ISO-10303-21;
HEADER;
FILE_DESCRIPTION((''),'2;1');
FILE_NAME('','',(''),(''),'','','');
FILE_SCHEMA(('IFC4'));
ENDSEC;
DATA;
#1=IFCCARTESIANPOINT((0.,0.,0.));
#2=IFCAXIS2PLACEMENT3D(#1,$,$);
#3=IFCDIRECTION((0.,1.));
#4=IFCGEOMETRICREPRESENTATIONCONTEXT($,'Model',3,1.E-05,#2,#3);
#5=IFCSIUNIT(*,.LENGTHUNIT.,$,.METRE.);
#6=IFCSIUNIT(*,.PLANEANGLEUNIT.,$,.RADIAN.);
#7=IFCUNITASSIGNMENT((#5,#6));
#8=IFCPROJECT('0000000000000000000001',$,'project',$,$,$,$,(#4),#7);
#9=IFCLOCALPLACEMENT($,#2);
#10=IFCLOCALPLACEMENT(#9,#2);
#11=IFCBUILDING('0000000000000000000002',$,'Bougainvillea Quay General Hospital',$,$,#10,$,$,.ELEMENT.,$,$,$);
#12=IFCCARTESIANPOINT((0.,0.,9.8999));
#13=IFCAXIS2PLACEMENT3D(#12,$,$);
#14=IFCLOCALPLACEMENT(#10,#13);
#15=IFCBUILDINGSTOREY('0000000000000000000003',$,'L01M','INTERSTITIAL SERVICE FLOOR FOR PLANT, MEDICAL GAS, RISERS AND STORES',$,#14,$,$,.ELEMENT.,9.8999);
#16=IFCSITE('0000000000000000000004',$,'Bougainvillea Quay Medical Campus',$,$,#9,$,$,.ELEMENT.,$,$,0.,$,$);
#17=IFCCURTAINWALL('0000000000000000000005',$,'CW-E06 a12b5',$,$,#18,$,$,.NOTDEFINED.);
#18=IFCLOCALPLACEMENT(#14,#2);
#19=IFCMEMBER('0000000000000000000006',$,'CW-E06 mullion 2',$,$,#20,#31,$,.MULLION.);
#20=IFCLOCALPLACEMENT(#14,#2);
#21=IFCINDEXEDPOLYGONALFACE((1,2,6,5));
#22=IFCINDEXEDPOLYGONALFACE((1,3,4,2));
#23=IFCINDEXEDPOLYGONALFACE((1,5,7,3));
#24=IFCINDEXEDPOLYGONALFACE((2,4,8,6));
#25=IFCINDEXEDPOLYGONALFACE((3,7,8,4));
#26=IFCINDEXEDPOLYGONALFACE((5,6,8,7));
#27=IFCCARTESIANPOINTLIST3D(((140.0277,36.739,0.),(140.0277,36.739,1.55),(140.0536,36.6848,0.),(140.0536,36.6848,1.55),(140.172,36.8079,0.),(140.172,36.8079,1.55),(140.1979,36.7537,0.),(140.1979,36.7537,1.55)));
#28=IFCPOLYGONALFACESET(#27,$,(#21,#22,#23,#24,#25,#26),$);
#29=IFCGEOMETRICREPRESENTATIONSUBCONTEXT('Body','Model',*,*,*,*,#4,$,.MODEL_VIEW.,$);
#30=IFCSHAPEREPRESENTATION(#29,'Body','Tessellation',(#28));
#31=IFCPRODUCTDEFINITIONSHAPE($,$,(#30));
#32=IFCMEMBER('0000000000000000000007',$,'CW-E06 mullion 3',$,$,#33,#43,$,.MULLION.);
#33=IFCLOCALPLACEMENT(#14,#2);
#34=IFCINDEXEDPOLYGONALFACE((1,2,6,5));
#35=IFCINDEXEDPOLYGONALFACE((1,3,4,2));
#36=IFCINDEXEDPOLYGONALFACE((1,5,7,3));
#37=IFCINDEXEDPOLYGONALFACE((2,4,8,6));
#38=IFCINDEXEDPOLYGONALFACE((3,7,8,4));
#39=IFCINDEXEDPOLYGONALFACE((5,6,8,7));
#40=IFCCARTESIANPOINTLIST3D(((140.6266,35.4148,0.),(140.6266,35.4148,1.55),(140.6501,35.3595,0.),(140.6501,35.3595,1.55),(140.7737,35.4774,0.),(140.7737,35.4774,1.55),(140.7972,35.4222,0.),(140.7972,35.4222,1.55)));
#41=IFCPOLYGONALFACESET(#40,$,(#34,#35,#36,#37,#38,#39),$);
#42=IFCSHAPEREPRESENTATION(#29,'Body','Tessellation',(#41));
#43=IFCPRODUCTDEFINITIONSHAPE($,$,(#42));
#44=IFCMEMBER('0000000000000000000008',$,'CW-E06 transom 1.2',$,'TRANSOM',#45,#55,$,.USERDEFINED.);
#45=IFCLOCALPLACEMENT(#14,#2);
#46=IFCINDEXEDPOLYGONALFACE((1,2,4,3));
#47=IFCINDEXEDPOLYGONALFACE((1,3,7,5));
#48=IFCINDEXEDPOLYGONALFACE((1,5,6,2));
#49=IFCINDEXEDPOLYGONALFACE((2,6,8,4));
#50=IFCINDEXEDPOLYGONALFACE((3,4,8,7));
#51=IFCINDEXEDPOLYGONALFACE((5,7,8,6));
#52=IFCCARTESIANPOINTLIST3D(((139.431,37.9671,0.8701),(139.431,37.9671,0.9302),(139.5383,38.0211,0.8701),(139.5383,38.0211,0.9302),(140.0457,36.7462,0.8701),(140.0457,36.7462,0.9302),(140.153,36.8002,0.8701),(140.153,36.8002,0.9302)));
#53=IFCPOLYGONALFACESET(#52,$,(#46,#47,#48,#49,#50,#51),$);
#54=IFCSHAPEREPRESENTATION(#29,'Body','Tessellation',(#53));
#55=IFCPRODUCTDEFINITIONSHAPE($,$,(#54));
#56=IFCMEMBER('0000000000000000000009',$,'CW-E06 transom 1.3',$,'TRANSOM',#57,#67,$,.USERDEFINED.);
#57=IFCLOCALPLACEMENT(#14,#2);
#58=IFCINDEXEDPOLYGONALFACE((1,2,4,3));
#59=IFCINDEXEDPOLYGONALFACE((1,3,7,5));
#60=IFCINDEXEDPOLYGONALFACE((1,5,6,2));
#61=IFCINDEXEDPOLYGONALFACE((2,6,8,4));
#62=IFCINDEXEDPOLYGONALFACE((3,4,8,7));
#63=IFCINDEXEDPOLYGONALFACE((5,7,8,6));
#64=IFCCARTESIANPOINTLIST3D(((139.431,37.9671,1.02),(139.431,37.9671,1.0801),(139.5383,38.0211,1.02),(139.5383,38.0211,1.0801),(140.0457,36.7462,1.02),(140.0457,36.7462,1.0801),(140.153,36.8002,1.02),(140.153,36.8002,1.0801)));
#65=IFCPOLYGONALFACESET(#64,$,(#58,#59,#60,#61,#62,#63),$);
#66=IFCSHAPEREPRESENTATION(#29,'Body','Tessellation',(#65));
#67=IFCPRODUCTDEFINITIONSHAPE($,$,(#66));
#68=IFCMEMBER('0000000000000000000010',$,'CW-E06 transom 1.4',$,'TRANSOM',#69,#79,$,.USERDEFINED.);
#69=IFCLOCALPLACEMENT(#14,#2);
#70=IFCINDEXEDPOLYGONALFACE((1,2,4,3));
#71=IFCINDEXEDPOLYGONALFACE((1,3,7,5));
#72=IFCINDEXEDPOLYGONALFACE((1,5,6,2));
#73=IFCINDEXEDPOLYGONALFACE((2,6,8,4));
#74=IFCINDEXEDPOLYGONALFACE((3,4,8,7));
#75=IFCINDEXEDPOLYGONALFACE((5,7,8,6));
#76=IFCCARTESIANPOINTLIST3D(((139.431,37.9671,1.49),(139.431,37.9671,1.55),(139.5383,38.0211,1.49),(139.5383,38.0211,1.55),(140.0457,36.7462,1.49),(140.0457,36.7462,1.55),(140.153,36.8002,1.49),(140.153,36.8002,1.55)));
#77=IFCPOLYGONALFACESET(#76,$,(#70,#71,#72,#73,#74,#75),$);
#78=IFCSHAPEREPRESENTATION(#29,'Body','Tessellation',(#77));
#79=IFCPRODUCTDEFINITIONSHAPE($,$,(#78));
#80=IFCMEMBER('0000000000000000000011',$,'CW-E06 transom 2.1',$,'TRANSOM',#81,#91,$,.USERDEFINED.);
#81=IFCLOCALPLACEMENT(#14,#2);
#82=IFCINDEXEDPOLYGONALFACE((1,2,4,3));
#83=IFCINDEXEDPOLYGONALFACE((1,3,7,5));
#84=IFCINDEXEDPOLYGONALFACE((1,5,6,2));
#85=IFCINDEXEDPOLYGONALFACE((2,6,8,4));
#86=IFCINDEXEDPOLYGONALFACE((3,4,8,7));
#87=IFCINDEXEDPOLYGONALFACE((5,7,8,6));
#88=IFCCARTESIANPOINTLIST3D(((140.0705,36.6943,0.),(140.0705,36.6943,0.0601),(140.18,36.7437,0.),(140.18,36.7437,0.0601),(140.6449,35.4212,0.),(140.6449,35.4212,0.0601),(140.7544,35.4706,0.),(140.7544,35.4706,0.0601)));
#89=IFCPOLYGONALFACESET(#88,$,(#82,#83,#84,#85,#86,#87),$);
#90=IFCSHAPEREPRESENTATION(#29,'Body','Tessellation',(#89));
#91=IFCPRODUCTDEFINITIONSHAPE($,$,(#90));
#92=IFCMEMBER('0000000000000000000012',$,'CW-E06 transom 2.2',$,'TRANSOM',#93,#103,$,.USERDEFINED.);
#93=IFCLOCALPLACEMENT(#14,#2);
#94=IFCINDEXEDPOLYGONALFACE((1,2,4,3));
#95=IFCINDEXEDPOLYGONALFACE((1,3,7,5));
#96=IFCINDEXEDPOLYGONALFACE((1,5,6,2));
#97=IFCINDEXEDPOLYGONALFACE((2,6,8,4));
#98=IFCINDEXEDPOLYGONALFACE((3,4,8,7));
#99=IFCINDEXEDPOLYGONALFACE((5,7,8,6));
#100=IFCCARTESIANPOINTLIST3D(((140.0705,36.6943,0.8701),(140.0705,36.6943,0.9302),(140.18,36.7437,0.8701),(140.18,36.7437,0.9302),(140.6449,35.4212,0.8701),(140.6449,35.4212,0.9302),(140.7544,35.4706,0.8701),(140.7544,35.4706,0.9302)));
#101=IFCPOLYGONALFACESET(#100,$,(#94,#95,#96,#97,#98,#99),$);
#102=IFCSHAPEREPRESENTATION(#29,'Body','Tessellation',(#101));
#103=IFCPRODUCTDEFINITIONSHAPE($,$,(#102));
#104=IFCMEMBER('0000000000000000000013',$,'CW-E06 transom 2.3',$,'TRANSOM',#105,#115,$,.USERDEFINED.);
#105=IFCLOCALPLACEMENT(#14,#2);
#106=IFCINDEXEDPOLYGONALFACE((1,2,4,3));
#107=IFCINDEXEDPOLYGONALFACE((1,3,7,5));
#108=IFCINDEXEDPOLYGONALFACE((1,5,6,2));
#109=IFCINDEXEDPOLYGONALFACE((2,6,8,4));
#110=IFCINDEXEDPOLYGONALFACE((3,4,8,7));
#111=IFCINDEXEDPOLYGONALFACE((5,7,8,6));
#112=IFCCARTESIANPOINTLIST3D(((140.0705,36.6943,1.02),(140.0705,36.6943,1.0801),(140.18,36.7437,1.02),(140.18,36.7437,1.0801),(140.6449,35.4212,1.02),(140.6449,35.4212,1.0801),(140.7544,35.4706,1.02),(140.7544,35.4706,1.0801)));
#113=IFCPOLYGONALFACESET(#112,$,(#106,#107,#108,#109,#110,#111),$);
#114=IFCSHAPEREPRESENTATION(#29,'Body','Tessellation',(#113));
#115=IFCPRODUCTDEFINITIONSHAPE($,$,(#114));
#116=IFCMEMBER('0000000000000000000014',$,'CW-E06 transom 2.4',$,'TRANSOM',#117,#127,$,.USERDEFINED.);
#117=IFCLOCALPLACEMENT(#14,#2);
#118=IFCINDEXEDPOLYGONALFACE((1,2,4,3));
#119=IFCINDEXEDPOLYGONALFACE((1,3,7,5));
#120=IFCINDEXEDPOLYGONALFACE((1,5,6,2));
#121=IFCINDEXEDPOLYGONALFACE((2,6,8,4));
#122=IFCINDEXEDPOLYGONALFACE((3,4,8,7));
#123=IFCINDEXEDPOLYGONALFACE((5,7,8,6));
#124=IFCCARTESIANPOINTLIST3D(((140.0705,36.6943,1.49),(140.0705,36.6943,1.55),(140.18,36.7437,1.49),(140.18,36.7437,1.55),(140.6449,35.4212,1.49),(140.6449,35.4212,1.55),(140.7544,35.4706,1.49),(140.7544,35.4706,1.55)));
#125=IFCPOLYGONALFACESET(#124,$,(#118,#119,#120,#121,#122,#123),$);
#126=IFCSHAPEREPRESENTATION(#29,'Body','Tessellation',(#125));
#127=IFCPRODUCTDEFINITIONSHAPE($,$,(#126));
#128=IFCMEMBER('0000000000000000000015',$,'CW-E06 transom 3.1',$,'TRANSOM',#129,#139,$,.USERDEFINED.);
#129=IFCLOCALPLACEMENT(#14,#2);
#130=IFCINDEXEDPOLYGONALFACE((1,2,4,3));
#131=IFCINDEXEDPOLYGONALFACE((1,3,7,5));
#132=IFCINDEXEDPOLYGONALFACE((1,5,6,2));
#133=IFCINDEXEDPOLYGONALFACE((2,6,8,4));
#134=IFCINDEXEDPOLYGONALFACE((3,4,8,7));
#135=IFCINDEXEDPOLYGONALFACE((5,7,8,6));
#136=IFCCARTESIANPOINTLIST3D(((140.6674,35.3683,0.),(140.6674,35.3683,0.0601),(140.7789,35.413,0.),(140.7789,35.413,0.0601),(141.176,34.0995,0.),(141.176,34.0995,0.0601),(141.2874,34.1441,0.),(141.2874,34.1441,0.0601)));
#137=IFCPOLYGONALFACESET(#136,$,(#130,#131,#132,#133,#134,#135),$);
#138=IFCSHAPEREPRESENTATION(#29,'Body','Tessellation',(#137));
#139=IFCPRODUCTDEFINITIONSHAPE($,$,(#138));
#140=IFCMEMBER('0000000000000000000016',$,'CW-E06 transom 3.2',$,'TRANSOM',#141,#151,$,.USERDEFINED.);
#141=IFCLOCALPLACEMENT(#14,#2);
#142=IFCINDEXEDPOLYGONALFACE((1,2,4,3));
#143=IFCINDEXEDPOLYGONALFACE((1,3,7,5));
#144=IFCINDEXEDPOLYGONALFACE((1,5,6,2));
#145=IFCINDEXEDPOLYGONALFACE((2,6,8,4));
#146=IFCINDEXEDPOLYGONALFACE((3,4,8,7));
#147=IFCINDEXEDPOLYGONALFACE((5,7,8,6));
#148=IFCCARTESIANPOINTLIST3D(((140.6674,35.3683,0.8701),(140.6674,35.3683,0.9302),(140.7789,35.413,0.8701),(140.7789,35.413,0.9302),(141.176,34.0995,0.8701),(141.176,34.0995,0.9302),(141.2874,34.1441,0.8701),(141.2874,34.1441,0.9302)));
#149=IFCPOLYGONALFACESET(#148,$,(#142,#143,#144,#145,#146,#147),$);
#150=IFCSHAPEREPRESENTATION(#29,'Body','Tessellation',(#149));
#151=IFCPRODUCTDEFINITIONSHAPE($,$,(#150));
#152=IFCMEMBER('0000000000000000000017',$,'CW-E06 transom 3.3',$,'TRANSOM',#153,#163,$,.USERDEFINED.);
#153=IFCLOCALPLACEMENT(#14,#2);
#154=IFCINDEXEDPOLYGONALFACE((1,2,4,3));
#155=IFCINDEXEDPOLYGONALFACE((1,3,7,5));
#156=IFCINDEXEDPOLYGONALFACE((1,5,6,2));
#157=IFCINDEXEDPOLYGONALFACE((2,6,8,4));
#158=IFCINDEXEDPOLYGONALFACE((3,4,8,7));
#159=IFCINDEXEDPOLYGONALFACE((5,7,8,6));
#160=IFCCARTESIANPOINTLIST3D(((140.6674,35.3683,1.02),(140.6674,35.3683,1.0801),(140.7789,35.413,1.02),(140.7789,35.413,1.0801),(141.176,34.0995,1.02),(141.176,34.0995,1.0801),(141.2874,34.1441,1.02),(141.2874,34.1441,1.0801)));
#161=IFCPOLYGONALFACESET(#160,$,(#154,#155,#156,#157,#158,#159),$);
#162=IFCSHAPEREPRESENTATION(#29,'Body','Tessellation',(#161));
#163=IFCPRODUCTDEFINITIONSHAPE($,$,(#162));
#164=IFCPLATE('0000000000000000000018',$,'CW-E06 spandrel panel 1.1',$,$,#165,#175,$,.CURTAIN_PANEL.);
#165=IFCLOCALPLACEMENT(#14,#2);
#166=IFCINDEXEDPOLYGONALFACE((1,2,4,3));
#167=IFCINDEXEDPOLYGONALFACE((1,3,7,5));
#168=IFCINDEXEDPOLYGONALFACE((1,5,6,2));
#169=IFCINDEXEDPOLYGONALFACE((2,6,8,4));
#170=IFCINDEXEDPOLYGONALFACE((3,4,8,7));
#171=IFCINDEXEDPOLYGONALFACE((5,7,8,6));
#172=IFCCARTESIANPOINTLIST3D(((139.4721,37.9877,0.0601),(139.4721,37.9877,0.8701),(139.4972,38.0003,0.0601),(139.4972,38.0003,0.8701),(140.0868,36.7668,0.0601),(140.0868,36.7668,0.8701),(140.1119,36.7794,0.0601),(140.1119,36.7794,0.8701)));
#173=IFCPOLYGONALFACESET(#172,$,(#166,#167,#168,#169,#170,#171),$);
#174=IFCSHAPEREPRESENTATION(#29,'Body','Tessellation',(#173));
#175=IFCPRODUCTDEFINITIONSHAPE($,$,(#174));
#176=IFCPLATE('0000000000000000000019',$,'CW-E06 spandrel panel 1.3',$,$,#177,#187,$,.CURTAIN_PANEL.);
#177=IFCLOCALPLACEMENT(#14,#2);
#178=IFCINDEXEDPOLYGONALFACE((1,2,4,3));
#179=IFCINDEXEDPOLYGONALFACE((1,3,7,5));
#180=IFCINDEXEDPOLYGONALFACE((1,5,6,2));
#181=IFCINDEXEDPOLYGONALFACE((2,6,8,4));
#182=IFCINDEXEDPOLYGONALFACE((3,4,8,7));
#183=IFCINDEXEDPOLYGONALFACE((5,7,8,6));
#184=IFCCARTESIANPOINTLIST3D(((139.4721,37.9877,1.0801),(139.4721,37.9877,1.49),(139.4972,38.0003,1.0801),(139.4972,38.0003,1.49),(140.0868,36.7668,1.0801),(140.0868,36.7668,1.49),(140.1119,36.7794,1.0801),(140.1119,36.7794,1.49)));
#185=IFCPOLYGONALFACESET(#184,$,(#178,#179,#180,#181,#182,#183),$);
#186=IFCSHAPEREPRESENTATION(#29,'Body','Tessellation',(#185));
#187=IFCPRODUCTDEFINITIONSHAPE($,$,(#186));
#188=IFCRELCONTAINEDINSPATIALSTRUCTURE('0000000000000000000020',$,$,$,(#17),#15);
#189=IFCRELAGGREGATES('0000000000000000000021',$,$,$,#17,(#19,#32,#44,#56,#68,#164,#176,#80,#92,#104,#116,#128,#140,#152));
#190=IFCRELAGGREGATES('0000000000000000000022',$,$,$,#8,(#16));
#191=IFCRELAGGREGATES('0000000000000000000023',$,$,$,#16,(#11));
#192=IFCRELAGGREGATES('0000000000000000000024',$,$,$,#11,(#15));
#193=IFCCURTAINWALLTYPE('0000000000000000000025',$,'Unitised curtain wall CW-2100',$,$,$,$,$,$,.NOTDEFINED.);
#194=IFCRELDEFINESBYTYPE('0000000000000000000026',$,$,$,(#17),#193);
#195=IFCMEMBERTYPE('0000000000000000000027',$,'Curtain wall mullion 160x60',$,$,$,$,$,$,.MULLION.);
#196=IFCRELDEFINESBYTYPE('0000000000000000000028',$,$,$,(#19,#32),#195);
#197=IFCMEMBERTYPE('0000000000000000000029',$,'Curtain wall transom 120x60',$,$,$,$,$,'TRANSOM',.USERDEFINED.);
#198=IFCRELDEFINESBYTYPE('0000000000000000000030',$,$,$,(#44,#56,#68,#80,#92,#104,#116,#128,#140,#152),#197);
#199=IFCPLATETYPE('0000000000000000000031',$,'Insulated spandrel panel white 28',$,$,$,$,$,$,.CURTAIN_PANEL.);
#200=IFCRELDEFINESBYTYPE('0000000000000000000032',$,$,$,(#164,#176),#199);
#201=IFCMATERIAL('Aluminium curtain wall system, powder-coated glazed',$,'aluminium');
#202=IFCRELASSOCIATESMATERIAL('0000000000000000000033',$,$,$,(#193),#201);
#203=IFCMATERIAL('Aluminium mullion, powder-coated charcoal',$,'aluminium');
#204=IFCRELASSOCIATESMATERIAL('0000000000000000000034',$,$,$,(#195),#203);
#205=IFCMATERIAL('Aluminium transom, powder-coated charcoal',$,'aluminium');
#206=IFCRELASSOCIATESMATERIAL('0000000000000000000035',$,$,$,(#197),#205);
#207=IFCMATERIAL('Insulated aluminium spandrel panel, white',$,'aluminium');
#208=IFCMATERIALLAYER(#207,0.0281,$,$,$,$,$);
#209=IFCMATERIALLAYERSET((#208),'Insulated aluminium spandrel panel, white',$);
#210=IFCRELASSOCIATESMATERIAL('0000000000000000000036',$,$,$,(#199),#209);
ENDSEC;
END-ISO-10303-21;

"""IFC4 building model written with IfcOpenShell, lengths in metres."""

from ifc_helpers import new_model, si_unit, direction, frame, origin, origin_2d, place, context, subcontext, project, spatial, rectangle, extrude, material, layer, layer_set, material_profile, profile_set, type_object, element, aggregate, save


model = new_model("IFC4")

# Units and contexts
model_context = context("Model", 3, precision=1e-05, world=origin(), true_north=direction((0.0, 1.0)))
body_context = subcontext(model_context, "Body", "Model", "MODEL_VIEW")
ifc_project = project(units=[si_unit("LENGTHUNIT", "METRE"), si_unit("PLANEANGLEUNIT", "RADIAN")], contexts=[model_context])

# Site, building, storey
site_placement = place(None, origin())
site = spatial("IfcSite", under=ifc_project, at=site_placement, Name="Bougainvillea Quay Medical Campus", CompositionType="ELEMENT", RefElevation=0.0)
building_placement = place(site_placement, origin())
building = spatial("IfcBuilding", under=site, at=building_placement, Name="Bougainvillea Quay General Hospital", CompositionType="ELEMENT")
storey_placement = place(building_placement, frame((0.0, 0.0, 9.8999)))
storey = spatial("IfcBuildingStorey", under=building, at=storey_placement, Name="L01M", Description="INTERSTITIAL SERVICE FLOOR FOR PLANT, MEDICAL GAS, RISERS AND STORES", CompositionType="ELEMENT", Elevation=9.8999)

# Curtain wall, members, plates
ifc_material_1 = material(Name="Aluminium curtain wall system, powder-coated glazed", Category="aluminium")
curtain_wall_type = type_object("IfcCurtainWallType", Name="Unitised curtain wall CW-2100", PredefinedType="NOTDEFINED", material=ifc_material_1)
curtain_wall_placement = place(storey_placement, origin())
curtain_wall = element("IfcCurtainWall", 1, at=curtain_wall_placement, inside=storey, type_object=curtain_wall_type, Name="CW-E06 a12b5", PredefinedType="NOTDEFINED")
ifc_material_2 = material(Name="Aluminium mullion, powder-coated charcoal", Category="aluminium")
ifc_material_profile_1 = material_profile(ifc_material_2, rectangle(XDim=0.1599, YDim=0.0601, at=origin_2d()))
ifc_profile_set_1 = profile_set([ifc_material_profile_1], Name="Aluminium mullion, powder-coated charcoal")
member_type_1 = type_object("IfcMemberType", Name="Curtain wall mullion 160x60", PredefinedType="MULLION", material=ifc_profile_set_1)
member_1_placement = place(storey_placement, frame((140.1128, 36.7463, 0.0), z_axis=(0.0, 0.0, 1.0), x_axis=(0.902565, 0.430553, 0.0)))
member_1 = element("IfcMember", 2, at=member_1_placement, type_object=member_type_1, Name="CW-E06 mullion 2", PredefinedType="MULLION", context=body_context, shape_type="SweptSolid", body=[
    extrude(rectangle(XDim=0.1599, YDim=0.0601, at=origin_2d()), origin(), (0.0, 0.0, 1.0), 1.55),
])
member_2_placement = place(storey_placement, frame((140.7119, 35.4185, 0.0), z_axis=(0.0, 0.0, 1.0), x_axis=(0.920059, 0.391781, 0.0)))
member_2 = element("IfcMember", 3, at=member_2_placement, type_object=member_type_1, Name="CW-E06 mullion 3", PredefinedType="MULLION", context=body_context, shape_type="SweptSolid", body=[
    extrude(rectangle(XDim=0.1599, YDim=0.0601, at=origin_2d()), origin(), (0.0, 0.0, 1.0), 1.55),
])
ifc_material_3 = material(Name="Aluminium transom, powder-coated charcoal", Category="aluminium")
ifc_material_profile_2 = material_profile(ifc_material_3, rectangle(XDim=0.1201, YDim=0.0601, at=origin_2d()))
ifc_profile_set_2 = profile_set([ifc_material_profile_2], Name="Aluminium transom, powder-coated charcoal")
member_type_2 = type_object("IfcMemberType", Name="Curtain wall transom 120x60", ElementType="TRANSOM", PredefinedType="USERDEFINED", material=ifc_profile_set_2)
member_3_placement = place(storey_placement, frame((139.4846, 37.9941, 0.9001), z_axis=(0.449712, -0.893174, 0.0), x_axis=(0.893174, 0.449712, 0.0)))
member_3 = element("IfcMember", 4, at=member_3_placement, type_object=member_type_2, Name="CW-E06 transom 1.2", ObjectType="TRANSOM", PredefinedType="USERDEFINED", context=body_context, shape_type="SweptSolid", body=[
    extrude(rectangle(XDim=0.1201, YDim=0.0601, at=origin_2d()), origin(), (0.0, 0.0, 1.0), 1.3669),
])
member_4_placement = place(storey_placement, frame((139.4846, 37.9941, 1.05), z_axis=(0.449712, -0.893174, 0.0), x_axis=(0.893174, 0.449712, 0.0)))
member_4 = element("IfcMember", 5, at=member_4_placement, type_object=member_type_2, Name="CW-E06 transom 1.3", ObjectType="TRANSOM", PredefinedType="USERDEFINED", context=body_context, shape_type="SweptSolid", body=[
    extrude(rectangle(XDim=0.1201, YDim=0.0601, at=origin_2d()), origin(), (0.0, 0.0, 1.0), 1.3669),
])
member_5_placement = place(storey_placement, frame((139.4846, 37.9941, 1.52), z_axis=(0.449712, -0.893174, 0.0), x_axis=(0.893174, 0.449712, 0.0)))
member_5 = element("IfcMember", 6, at=member_5_placement, type_object=member_type_2, Name="CW-E06 transom 1.4", ObjectType="TRANSOM", PredefinedType="USERDEFINED", context=body_context, shape_type="SweptSolid", body=[
    extrude(rectangle(XDim=0.1201, YDim=0.0601, at=origin_2d()), origin(), (0.0, 0.0, 1.0), 1.3669),
])
member_6_placement = place(storey_placement, frame((140.1252, 36.719, 0.03), z_axis=(0.411273, -0.911512, 0.0), x_axis=(0.911512, 0.411273, 0.0)))
member_6 = element("IfcMember", 7, at=member_6_placement, type_object=member_type_2, Name="CW-E06 transom 2.1", ObjectType="TRANSOM", PredefinedType="USERDEFINED", context=body_context, shape_type="SweptSolid", body=[
    extrude(rectangle(XDim=0.1201, YDim=0.0601, at=origin_2d()), origin(), (0.0, 0.0, 1.0), 1.3967),
])
member_7_placement = place(storey_placement, frame((140.1252, 36.719, 0.9001), z_axis=(0.411273, -0.911512, 0.0), x_axis=(0.911512, 0.411273, 0.0)))
member_7 = element("IfcMember", 8, at=member_7_placement, type_object=member_type_2, Name="CW-E06 transom 2.2", ObjectType="TRANSOM", PredefinedType="USERDEFINED", context=body_context, shape_type="SweptSolid", body=[
    extrude(rectangle(XDim=0.1201, YDim=0.0601, at=origin_2d()), origin(), (0.0, 0.0, 1.0), 1.3967),
])
member_8_placement = place(storey_placement, frame((140.1252, 36.719, 1.05), z_axis=(0.411273, -0.911512, 0.0), x_axis=(0.911512, 0.411273, 0.0)))
member_8 = element("IfcMember", 9, at=member_8_placement, type_object=member_type_2, Name="CW-E06 transom 2.3", ObjectType="TRANSOM", PredefinedType="USERDEFINED", context=body_context, shape_type="SweptSolid", body=[
    extrude(rectangle(XDim=0.1201, YDim=0.0601, at=origin_2d()), origin(), (0.0, 0.0, 1.0), 1.3967),
])
member_9_placement = place(storey_placement, frame((140.1252, 36.719, 1.52), z_axis=(0.411273, -0.911512, 0.0), x_axis=(0.911512, 0.411273, 0.0)))
member_9 = element("IfcMember", 10, at=member_9_placement, type_object=member_type_2, Name="CW-E06 transom 2.4", ObjectType="TRANSOM", PredefinedType="USERDEFINED", context=body_context, shape_type="SweptSolid", body=[
    extrude(rectangle(XDim=0.1201, YDim=0.0601, at=origin_2d()), origin(), (0.0, 0.0, 1.0), 1.3967),
])
member_10_placement = place(storey_placement, frame((140.7231, 35.3906, 0.03), z_axis=(0.372037, -0.928218, 0.0), x_axis=(0.928218, 0.372037, 0.0)))
member_10 = element("IfcMember", 11, at=member_10_placement, type_object=member_type_2, Name="CW-E06 transom 3.1", ObjectType="TRANSOM", PredefinedType="USERDEFINED", context=body_context, shape_type="SweptSolid", body=[
    extrude(rectangle(XDim=0.1201, YDim=0.0601, at=origin_2d()), origin(), (0.0, 0.0, 1.0), 1.3669),
])
member_11_placement = place(storey_placement, frame((140.7231, 35.3906, 0.9001), z_axis=(0.372037, -0.928218, 0.0), x_axis=(0.928218, 0.372037, 0.0)))
member_11 = element("IfcMember", 12, at=member_11_placement, type_object=member_type_2, Name="CW-E06 transom 3.2", ObjectType="TRANSOM", PredefinedType="USERDEFINED", context=body_context, shape_type="SweptSolid", body=[
    extrude(rectangle(XDim=0.1201, YDim=0.0601, at=origin_2d()), origin(), (0.0, 0.0, 1.0), 1.3669),
])
member_12_placement = place(storey_placement, frame((140.7231, 35.3906, 1.05), z_axis=(0.372037, -0.928218, 0.0), x_axis=(0.928218, 0.372037, 0.0)))
member_12 = element("IfcMember", 13, at=member_12_placement, type_object=member_type_2, Name="CW-E06 transom 3.3", ObjectType="TRANSOM", PredefinedType="USERDEFINED", context=body_context, shape_type="SweptSolid", body=[
    extrude(rectangle(XDim=0.1201, YDim=0.0601, at=origin_2d()), origin(), (0.0, 0.0, 1.0), 1.3669),
])
ifc_material_4 = material(Name="Insulated aluminium spandrel panel, white", Category="aluminium")
ifc_layer_1 = layer(ifc_material_4, 0.0281)
ifc_layer_set_1 = layer_set([ifc_layer_1], Name="Insulated aluminium spandrel panel, white")
plate_type_1 = type_object("IfcPlateType", Name="Insulated spandrel panel white 28", PredefinedType="CURTAIN_PANEL", material=ifc_layer_set_1)
plate_1_placement = place(storey_placement, frame((139.792, 37.3835, 0.0601), z_axis=(0.0, 0.0, 1.0), x_axis=(0.449652, -0.893204, 0.0)))
plate_1 = element("IfcPlate", 14, at=plate_1_placement, type_object=plate_type_1, Name="CW-E06 spandrel panel 1.1", PredefinedType="CURTAIN_PANEL", context=body_context, shape_type="SweptSolid", body=[
    extrude(rectangle(XDim=1.3669, YDim=0.0281, at=origin_2d()), origin(), (0.0, 0.0, 1.0), 0.8101),
])
plate_2_placement = place(storey_placement, frame((139.792, 37.3835, 1.0801), z_axis=(0.0, 0.0, 1.0), x_axis=(0.449652, -0.893204, 0.0)))
plate_2 = element("IfcPlate", 15, at=plate_2_placement, type_object=plate_type_1, Name="CW-E06 spandrel panel 1.3", PredefinedType="CURTAIN_PANEL", context=body_context, shape_type="SweptSolid", body=[
    extrude(rectangle(XDim=1.3669, YDim=0.0281, at=origin_2d()), origin(), (0.0, 0.0, 1.0), 0.4099),
])
aggregate(curtain_wall, [member_1, member_2, member_3, member_4, member_5, plate_1, plate_2, member_6, member_7, member_8, member_9, member_10, member_11, member_12])

save(model, "model.ifc")
